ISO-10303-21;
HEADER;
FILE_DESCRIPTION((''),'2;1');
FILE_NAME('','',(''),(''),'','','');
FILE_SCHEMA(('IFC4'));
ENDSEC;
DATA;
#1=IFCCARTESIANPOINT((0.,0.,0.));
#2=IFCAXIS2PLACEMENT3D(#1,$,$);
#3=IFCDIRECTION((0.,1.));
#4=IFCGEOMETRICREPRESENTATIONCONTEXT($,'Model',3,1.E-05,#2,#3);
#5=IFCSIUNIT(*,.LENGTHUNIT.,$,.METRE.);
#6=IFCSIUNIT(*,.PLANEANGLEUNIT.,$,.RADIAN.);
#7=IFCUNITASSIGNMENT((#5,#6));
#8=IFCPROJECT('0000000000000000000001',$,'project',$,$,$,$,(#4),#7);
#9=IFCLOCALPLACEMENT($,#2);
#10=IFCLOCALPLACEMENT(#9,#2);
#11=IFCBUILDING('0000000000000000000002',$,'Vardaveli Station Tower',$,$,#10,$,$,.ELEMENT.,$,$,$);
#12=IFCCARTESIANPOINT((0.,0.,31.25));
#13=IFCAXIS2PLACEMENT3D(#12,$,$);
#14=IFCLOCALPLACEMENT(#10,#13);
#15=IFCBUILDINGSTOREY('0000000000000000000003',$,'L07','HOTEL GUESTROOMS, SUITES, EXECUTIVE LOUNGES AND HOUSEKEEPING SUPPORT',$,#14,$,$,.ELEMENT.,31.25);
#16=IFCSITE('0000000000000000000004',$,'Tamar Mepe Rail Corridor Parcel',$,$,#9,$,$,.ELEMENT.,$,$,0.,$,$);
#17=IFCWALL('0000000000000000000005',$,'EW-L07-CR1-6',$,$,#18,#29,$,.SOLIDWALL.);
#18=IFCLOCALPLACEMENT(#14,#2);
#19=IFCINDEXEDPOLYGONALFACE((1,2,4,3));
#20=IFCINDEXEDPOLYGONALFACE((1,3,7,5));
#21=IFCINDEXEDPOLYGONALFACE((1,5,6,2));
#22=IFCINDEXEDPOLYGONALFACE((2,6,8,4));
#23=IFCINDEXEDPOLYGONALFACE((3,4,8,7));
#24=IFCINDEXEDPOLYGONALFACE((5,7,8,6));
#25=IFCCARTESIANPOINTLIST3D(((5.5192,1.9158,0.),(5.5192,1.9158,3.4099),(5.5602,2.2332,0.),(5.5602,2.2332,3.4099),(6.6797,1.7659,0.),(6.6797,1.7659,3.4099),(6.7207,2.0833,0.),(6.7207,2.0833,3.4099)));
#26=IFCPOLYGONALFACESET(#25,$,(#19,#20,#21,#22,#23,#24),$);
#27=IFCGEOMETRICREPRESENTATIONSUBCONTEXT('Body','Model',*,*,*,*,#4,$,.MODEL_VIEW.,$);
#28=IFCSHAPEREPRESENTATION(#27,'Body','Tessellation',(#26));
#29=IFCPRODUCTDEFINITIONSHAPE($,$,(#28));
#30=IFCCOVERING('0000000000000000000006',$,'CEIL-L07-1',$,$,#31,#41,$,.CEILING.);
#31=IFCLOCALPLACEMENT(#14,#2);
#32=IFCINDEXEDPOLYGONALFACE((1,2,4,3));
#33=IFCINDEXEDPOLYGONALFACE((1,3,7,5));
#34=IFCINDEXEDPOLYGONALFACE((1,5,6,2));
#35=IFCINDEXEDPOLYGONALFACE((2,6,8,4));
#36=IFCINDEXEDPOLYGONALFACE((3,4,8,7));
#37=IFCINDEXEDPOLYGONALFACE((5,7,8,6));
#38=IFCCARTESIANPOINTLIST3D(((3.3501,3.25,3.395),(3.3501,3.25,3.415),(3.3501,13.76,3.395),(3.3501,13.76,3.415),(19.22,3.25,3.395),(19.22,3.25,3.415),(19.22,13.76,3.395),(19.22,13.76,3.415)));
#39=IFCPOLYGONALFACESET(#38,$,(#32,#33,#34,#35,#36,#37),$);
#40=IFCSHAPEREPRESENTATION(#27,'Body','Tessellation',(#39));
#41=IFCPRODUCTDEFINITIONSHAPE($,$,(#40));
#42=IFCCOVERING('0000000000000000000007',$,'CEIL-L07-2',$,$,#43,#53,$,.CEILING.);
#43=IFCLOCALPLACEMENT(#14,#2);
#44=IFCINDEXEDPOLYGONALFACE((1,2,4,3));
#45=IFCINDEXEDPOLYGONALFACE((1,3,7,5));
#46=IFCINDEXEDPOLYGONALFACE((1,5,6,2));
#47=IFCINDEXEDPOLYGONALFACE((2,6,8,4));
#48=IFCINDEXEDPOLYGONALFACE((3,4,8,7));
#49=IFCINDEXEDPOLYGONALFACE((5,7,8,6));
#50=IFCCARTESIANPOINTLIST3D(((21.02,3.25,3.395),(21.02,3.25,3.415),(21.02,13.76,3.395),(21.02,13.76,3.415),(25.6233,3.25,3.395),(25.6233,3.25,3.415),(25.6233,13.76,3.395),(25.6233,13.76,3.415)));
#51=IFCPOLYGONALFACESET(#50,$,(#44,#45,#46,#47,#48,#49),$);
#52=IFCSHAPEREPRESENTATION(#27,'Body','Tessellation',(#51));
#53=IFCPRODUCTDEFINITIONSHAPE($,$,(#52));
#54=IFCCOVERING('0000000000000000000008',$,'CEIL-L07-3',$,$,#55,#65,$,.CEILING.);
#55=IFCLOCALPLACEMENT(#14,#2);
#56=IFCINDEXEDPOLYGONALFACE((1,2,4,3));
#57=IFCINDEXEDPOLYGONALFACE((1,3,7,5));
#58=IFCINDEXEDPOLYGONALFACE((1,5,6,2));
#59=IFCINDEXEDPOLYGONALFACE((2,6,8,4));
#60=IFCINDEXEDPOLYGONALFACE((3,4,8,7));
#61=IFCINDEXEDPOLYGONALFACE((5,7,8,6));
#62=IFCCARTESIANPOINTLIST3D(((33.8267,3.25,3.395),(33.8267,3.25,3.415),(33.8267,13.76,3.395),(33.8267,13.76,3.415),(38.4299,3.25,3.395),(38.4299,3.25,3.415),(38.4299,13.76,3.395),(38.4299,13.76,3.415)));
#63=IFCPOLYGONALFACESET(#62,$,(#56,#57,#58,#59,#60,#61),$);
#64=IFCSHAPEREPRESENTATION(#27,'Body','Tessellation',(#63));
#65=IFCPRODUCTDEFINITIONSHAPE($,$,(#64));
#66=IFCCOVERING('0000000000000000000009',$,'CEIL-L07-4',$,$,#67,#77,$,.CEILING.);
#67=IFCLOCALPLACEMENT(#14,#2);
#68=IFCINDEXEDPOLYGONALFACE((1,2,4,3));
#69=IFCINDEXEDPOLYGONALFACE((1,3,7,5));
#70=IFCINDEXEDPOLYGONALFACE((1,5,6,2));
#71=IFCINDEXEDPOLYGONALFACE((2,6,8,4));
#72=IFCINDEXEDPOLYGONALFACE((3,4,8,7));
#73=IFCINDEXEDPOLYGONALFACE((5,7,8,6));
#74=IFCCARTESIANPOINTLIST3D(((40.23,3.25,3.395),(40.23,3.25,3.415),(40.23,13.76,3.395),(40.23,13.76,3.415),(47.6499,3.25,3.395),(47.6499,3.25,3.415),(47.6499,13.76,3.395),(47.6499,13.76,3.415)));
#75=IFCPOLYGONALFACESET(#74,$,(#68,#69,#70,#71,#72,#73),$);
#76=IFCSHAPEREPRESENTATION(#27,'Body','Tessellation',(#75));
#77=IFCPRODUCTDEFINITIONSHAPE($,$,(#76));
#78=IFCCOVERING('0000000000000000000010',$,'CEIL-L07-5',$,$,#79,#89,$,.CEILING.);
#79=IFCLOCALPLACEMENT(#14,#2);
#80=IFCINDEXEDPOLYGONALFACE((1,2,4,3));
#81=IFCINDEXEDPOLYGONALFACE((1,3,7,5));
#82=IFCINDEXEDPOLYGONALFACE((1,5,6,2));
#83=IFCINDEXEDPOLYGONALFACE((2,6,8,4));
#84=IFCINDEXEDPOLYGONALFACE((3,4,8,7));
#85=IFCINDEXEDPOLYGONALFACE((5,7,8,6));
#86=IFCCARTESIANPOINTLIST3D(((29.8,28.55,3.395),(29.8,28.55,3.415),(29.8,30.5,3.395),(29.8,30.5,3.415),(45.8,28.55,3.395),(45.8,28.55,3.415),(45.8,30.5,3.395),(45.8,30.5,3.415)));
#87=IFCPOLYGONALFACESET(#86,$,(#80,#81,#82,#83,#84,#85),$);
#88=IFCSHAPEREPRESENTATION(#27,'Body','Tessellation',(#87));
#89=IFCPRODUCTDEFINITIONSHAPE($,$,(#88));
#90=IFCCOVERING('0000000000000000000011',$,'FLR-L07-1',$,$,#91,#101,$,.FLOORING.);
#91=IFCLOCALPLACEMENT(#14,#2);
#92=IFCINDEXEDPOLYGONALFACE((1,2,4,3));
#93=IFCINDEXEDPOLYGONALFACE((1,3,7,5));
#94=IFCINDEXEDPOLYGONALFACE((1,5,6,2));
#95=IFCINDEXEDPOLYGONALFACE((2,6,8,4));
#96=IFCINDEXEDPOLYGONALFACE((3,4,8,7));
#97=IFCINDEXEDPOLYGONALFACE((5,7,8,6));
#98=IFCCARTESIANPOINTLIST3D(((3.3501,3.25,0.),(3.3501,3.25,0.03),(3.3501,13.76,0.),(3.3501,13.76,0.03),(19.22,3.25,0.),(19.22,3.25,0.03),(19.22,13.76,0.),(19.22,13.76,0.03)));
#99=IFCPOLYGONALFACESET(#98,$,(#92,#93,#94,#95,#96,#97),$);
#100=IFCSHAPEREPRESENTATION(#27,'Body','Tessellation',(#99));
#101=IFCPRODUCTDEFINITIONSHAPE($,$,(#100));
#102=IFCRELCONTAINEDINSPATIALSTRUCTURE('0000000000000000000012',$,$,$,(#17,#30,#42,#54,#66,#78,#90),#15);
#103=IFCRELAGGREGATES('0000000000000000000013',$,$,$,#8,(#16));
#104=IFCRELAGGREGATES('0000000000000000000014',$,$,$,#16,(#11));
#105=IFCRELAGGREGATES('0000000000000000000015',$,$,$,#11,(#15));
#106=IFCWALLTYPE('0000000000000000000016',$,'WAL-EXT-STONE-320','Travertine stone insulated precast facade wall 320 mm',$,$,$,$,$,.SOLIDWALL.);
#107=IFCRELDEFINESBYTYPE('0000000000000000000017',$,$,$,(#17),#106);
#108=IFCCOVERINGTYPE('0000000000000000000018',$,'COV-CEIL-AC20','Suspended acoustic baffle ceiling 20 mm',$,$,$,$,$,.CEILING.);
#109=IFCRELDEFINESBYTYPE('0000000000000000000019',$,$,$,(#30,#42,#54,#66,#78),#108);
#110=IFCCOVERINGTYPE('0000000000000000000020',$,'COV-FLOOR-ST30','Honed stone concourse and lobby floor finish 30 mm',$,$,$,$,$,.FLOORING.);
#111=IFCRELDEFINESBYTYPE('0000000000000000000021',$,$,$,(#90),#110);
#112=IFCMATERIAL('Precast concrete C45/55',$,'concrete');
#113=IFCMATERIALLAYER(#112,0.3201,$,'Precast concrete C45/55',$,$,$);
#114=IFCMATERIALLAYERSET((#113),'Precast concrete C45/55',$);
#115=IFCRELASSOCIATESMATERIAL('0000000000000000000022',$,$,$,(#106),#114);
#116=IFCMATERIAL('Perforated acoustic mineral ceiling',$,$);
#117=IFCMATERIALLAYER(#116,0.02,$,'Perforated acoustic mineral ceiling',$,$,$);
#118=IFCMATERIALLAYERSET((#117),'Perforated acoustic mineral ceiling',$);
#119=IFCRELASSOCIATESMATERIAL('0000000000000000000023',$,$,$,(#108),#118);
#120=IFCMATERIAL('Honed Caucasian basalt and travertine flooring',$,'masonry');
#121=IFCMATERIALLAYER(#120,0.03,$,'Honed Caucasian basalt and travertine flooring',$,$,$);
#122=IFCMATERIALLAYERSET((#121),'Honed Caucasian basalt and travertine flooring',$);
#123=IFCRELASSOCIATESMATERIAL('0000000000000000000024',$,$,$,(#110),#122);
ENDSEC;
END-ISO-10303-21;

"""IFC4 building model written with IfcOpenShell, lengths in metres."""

from ifc_helpers import new_model, si_unit, direction, frame, frame_2d, origin, place, context, subcontext, project, spatial, polyline, rectangle, outline, extrude, source, transform, mapped, material, layer, layer_set, type_object, element, save


model = new_model("IFC4")

# Units and contexts
model_context = context("Model", 3, precision=1e-05, world=origin(), true_north=direction((0.0, 1.0)))
body_context = subcontext(model_context, "Body", "Model", "MODEL_VIEW")
ifc_project = project(units=[si_unit("LENGTHUNIT", "METRE"), si_unit("PLANEANGLEUNIT", "RADIAN")], contexts=[model_context])

# Site, building, storey
site_placement = place(None, origin())
site = spatial("IfcSite", under=ifc_project, at=site_placement, Name="Tamar Mepe Rail Corridor Parcel", CompositionType="ELEMENT", RefElevation=0.0)
building_placement = place(site_placement, origin())
building = spatial("IfcBuilding", under=site, at=building_placement, Name="Vardaveli Station Tower", CompositionType="ELEMENT")
storey_placement = place(building_placement, frame((0.0, 0.0, 31.25)))
storey = spatial("IfcBuildingStorey", under=building, at=storey_placement, Name="L07", Description="HOTEL GUESTROOMS, SUITES, EXECUTIVE LOUNGES AND HOUSEKEEPING SUPPORT", CompositionType="ELEMENT", Elevation=31.25)

# Shared definitions
ifc_material_1 = material(Name="Precast concrete C45/55", Category="concrete")

# Shared definitions
ifc_layer_1 = layer(ifc_material_1, 0.3201, Name="Precast concrete C45/55")
ifc_layer_set_1 = layer_set([ifc_layer_1], Name="Precast concrete C45/55")
wall_type = type_object("IfcWallType", Name="WAL-EXT-STONE-320", Description="Travertine stone insulated precast facade wall 320 mm", PredefinedType="SOLIDWALL", material=ifc_layer_set_1)

# Wall
shared_shape_1 = source(origin(), body_context, "Body", "SweptSolid", [
    extrude(rectangle(XDim=1.1702, YDim=0.3201, at=frame_2d((0.585, 0.0))), origin(), (0.0, 0.0, 1.0), 3.4099),
])
wall_1_placement = place(storey_placement, frame((5.5398, 2.0745, 0.0), z_axis=(0.0, 0.0, 1.0), x_axis=(0.991762, -0.12809, 0.0)))
element("IfcWall", 1, at=wall_1_placement, inside=storey, type_object=wall_type, Name="EW-L07-CR1-6", PredefinedType="SOLIDWALL", context=body_context, shape_type="MappedRepresentation", body=[
    mapped(shared_shape_1, transform((0.0, 0.0, 0.0), scale=1.0)),
])

# Coverings
ifc_material_2 = material(Name="Perforated acoustic mineral ceiling")
ifc_layer_2 = layer(ifc_material_2, 0.02, Name="Perforated acoustic mineral ceiling")
ifc_layer_set_2 = layer_set([ifc_layer_2], Name="Perforated acoustic mineral ceiling")
covering_type_1 = type_object("IfcCoveringType", Name="COV-CEIL-AC20", Description="Suspended acoustic baffle ceiling 20 mm", PredefinedType="CEILING", material=ifc_layer_set_2)
covering_1_placement = place(storey_placement, frame((0.0, 0.0, 3.395)))
element("IfcCovering", 2, at=covering_1_placement, inside=storey, type_object=covering_type_1, Name="CEIL-L07-1", PredefinedType="CEILING", context=body_context, shape_type="SweptSolid", body=[
    extrude(outline(polyline([(3.3501, 3.25), (19.22, 3.25), (19.22, 13.76), (3.3501, 13.76), (3.3501, 3.25)])), origin(), (0.0, 0.0, 1.0), 0.02),
])
covering_2_placement = place(storey_placement, frame((0.0, 0.0, 3.395)))
element("IfcCovering", 3, at=covering_2_placement, inside=storey, type_object=covering_type_1, Name="CEIL-L07-2", PredefinedType="CEILING", context=body_context, shape_type="SweptSolid", body=[
    extrude(outline(polyline([(21.02, 3.25), (25.6233, 3.25), (25.6233, 13.76), (21.02, 13.76), (21.02, 3.25)])), origin(), (0.0, 0.0, 1.0), 0.02),
])
covering_3_placement = place(storey_placement, frame((0.0, 0.0, 3.395)))
element("IfcCovering", 4, at=covering_3_placement, inside=storey, type_object=covering_type_1, Name="CEIL-L07-3", PredefinedType="CEILING", context=body_context, shape_type="SweptSolid", body=[
    extrude(outline(polyline([(33.8267, 3.25), (38.4299, 3.25), (38.4299, 13.76), (33.8267, 13.76), (33.8267, 3.25)])), origin(), (0.0, 0.0, 1.0), 0.02),
])
covering_4_placement = place(storey_placement, frame((0.0, 0.0, 3.395)))
element("IfcCovering", 5, at=covering_4_placement, inside=storey, type_object=covering_type_1, Name="CEIL-L07-4", PredefinedType="CEILING", context=body_context, shape_type="SweptSolid", body=[
    extrude(outline(polyline([(40.23, 3.25), (47.6499, 3.25), (47.6499, 13.76), (40.23, 13.76), (40.23, 3.25)])), origin(), (0.0, 0.0, 1.0), 0.02),
])
covering_5_placement = place(storey_placement, frame((0.0, 0.0, 3.395)))
element("IfcCovering", 6, at=covering_5_placement, inside=storey, type_object=covering_type_1, Name="CEIL-L07-5", PredefinedType="CEILING", context=body_context, shape_type="SweptSolid", body=[
    extrude(outline(polyline([(29.8, 28.55), (45.8, 28.55), (45.8, 30.5), (29.8, 30.5), (29.8, 28.55)])), origin(), (0.0, 0.0, 1.0), 0.02),
])
ifc_material_3 = material(Name="Honed Caucasian basalt and travertine flooring", Category="masonry")
ifc_layer_3 = layer(ifc_material_3, 0.03, Name="Honed Caucasian basalt and travertine flooring")
ifc_layer_set_3 = layer_set([ifc_layer_3], Name="Honed Caucasian basalt and travertine flooring")
covering_type_2 = type_object("IfcCoveringType", Name="COV-FLOOR-ST30", Description="Honed stone concourse and lobby floor finish 30 mm", PredefinedType="FLOORING", material=ifc_layer_set_3)
covering_6_placement = place(storey_placement, origin())
element("IfcCovering", 7, at=covering_6_placement, inside=storey, type_object=covering_type_2, Name="FLR-L07-1", PredefinedType="FLOORING", context=body_context, shape_type="SweptSolid", body=[
    extrude(outline(polyline([(3.3501, 3.25), (19.22, 3.25), (19.22, 13.76), (3.3501, 13.76), (3.3501, 3.25)])), origin(), (0.0, 0.0, 1.0), 0.03),
])

save(model, "model.ifc")
